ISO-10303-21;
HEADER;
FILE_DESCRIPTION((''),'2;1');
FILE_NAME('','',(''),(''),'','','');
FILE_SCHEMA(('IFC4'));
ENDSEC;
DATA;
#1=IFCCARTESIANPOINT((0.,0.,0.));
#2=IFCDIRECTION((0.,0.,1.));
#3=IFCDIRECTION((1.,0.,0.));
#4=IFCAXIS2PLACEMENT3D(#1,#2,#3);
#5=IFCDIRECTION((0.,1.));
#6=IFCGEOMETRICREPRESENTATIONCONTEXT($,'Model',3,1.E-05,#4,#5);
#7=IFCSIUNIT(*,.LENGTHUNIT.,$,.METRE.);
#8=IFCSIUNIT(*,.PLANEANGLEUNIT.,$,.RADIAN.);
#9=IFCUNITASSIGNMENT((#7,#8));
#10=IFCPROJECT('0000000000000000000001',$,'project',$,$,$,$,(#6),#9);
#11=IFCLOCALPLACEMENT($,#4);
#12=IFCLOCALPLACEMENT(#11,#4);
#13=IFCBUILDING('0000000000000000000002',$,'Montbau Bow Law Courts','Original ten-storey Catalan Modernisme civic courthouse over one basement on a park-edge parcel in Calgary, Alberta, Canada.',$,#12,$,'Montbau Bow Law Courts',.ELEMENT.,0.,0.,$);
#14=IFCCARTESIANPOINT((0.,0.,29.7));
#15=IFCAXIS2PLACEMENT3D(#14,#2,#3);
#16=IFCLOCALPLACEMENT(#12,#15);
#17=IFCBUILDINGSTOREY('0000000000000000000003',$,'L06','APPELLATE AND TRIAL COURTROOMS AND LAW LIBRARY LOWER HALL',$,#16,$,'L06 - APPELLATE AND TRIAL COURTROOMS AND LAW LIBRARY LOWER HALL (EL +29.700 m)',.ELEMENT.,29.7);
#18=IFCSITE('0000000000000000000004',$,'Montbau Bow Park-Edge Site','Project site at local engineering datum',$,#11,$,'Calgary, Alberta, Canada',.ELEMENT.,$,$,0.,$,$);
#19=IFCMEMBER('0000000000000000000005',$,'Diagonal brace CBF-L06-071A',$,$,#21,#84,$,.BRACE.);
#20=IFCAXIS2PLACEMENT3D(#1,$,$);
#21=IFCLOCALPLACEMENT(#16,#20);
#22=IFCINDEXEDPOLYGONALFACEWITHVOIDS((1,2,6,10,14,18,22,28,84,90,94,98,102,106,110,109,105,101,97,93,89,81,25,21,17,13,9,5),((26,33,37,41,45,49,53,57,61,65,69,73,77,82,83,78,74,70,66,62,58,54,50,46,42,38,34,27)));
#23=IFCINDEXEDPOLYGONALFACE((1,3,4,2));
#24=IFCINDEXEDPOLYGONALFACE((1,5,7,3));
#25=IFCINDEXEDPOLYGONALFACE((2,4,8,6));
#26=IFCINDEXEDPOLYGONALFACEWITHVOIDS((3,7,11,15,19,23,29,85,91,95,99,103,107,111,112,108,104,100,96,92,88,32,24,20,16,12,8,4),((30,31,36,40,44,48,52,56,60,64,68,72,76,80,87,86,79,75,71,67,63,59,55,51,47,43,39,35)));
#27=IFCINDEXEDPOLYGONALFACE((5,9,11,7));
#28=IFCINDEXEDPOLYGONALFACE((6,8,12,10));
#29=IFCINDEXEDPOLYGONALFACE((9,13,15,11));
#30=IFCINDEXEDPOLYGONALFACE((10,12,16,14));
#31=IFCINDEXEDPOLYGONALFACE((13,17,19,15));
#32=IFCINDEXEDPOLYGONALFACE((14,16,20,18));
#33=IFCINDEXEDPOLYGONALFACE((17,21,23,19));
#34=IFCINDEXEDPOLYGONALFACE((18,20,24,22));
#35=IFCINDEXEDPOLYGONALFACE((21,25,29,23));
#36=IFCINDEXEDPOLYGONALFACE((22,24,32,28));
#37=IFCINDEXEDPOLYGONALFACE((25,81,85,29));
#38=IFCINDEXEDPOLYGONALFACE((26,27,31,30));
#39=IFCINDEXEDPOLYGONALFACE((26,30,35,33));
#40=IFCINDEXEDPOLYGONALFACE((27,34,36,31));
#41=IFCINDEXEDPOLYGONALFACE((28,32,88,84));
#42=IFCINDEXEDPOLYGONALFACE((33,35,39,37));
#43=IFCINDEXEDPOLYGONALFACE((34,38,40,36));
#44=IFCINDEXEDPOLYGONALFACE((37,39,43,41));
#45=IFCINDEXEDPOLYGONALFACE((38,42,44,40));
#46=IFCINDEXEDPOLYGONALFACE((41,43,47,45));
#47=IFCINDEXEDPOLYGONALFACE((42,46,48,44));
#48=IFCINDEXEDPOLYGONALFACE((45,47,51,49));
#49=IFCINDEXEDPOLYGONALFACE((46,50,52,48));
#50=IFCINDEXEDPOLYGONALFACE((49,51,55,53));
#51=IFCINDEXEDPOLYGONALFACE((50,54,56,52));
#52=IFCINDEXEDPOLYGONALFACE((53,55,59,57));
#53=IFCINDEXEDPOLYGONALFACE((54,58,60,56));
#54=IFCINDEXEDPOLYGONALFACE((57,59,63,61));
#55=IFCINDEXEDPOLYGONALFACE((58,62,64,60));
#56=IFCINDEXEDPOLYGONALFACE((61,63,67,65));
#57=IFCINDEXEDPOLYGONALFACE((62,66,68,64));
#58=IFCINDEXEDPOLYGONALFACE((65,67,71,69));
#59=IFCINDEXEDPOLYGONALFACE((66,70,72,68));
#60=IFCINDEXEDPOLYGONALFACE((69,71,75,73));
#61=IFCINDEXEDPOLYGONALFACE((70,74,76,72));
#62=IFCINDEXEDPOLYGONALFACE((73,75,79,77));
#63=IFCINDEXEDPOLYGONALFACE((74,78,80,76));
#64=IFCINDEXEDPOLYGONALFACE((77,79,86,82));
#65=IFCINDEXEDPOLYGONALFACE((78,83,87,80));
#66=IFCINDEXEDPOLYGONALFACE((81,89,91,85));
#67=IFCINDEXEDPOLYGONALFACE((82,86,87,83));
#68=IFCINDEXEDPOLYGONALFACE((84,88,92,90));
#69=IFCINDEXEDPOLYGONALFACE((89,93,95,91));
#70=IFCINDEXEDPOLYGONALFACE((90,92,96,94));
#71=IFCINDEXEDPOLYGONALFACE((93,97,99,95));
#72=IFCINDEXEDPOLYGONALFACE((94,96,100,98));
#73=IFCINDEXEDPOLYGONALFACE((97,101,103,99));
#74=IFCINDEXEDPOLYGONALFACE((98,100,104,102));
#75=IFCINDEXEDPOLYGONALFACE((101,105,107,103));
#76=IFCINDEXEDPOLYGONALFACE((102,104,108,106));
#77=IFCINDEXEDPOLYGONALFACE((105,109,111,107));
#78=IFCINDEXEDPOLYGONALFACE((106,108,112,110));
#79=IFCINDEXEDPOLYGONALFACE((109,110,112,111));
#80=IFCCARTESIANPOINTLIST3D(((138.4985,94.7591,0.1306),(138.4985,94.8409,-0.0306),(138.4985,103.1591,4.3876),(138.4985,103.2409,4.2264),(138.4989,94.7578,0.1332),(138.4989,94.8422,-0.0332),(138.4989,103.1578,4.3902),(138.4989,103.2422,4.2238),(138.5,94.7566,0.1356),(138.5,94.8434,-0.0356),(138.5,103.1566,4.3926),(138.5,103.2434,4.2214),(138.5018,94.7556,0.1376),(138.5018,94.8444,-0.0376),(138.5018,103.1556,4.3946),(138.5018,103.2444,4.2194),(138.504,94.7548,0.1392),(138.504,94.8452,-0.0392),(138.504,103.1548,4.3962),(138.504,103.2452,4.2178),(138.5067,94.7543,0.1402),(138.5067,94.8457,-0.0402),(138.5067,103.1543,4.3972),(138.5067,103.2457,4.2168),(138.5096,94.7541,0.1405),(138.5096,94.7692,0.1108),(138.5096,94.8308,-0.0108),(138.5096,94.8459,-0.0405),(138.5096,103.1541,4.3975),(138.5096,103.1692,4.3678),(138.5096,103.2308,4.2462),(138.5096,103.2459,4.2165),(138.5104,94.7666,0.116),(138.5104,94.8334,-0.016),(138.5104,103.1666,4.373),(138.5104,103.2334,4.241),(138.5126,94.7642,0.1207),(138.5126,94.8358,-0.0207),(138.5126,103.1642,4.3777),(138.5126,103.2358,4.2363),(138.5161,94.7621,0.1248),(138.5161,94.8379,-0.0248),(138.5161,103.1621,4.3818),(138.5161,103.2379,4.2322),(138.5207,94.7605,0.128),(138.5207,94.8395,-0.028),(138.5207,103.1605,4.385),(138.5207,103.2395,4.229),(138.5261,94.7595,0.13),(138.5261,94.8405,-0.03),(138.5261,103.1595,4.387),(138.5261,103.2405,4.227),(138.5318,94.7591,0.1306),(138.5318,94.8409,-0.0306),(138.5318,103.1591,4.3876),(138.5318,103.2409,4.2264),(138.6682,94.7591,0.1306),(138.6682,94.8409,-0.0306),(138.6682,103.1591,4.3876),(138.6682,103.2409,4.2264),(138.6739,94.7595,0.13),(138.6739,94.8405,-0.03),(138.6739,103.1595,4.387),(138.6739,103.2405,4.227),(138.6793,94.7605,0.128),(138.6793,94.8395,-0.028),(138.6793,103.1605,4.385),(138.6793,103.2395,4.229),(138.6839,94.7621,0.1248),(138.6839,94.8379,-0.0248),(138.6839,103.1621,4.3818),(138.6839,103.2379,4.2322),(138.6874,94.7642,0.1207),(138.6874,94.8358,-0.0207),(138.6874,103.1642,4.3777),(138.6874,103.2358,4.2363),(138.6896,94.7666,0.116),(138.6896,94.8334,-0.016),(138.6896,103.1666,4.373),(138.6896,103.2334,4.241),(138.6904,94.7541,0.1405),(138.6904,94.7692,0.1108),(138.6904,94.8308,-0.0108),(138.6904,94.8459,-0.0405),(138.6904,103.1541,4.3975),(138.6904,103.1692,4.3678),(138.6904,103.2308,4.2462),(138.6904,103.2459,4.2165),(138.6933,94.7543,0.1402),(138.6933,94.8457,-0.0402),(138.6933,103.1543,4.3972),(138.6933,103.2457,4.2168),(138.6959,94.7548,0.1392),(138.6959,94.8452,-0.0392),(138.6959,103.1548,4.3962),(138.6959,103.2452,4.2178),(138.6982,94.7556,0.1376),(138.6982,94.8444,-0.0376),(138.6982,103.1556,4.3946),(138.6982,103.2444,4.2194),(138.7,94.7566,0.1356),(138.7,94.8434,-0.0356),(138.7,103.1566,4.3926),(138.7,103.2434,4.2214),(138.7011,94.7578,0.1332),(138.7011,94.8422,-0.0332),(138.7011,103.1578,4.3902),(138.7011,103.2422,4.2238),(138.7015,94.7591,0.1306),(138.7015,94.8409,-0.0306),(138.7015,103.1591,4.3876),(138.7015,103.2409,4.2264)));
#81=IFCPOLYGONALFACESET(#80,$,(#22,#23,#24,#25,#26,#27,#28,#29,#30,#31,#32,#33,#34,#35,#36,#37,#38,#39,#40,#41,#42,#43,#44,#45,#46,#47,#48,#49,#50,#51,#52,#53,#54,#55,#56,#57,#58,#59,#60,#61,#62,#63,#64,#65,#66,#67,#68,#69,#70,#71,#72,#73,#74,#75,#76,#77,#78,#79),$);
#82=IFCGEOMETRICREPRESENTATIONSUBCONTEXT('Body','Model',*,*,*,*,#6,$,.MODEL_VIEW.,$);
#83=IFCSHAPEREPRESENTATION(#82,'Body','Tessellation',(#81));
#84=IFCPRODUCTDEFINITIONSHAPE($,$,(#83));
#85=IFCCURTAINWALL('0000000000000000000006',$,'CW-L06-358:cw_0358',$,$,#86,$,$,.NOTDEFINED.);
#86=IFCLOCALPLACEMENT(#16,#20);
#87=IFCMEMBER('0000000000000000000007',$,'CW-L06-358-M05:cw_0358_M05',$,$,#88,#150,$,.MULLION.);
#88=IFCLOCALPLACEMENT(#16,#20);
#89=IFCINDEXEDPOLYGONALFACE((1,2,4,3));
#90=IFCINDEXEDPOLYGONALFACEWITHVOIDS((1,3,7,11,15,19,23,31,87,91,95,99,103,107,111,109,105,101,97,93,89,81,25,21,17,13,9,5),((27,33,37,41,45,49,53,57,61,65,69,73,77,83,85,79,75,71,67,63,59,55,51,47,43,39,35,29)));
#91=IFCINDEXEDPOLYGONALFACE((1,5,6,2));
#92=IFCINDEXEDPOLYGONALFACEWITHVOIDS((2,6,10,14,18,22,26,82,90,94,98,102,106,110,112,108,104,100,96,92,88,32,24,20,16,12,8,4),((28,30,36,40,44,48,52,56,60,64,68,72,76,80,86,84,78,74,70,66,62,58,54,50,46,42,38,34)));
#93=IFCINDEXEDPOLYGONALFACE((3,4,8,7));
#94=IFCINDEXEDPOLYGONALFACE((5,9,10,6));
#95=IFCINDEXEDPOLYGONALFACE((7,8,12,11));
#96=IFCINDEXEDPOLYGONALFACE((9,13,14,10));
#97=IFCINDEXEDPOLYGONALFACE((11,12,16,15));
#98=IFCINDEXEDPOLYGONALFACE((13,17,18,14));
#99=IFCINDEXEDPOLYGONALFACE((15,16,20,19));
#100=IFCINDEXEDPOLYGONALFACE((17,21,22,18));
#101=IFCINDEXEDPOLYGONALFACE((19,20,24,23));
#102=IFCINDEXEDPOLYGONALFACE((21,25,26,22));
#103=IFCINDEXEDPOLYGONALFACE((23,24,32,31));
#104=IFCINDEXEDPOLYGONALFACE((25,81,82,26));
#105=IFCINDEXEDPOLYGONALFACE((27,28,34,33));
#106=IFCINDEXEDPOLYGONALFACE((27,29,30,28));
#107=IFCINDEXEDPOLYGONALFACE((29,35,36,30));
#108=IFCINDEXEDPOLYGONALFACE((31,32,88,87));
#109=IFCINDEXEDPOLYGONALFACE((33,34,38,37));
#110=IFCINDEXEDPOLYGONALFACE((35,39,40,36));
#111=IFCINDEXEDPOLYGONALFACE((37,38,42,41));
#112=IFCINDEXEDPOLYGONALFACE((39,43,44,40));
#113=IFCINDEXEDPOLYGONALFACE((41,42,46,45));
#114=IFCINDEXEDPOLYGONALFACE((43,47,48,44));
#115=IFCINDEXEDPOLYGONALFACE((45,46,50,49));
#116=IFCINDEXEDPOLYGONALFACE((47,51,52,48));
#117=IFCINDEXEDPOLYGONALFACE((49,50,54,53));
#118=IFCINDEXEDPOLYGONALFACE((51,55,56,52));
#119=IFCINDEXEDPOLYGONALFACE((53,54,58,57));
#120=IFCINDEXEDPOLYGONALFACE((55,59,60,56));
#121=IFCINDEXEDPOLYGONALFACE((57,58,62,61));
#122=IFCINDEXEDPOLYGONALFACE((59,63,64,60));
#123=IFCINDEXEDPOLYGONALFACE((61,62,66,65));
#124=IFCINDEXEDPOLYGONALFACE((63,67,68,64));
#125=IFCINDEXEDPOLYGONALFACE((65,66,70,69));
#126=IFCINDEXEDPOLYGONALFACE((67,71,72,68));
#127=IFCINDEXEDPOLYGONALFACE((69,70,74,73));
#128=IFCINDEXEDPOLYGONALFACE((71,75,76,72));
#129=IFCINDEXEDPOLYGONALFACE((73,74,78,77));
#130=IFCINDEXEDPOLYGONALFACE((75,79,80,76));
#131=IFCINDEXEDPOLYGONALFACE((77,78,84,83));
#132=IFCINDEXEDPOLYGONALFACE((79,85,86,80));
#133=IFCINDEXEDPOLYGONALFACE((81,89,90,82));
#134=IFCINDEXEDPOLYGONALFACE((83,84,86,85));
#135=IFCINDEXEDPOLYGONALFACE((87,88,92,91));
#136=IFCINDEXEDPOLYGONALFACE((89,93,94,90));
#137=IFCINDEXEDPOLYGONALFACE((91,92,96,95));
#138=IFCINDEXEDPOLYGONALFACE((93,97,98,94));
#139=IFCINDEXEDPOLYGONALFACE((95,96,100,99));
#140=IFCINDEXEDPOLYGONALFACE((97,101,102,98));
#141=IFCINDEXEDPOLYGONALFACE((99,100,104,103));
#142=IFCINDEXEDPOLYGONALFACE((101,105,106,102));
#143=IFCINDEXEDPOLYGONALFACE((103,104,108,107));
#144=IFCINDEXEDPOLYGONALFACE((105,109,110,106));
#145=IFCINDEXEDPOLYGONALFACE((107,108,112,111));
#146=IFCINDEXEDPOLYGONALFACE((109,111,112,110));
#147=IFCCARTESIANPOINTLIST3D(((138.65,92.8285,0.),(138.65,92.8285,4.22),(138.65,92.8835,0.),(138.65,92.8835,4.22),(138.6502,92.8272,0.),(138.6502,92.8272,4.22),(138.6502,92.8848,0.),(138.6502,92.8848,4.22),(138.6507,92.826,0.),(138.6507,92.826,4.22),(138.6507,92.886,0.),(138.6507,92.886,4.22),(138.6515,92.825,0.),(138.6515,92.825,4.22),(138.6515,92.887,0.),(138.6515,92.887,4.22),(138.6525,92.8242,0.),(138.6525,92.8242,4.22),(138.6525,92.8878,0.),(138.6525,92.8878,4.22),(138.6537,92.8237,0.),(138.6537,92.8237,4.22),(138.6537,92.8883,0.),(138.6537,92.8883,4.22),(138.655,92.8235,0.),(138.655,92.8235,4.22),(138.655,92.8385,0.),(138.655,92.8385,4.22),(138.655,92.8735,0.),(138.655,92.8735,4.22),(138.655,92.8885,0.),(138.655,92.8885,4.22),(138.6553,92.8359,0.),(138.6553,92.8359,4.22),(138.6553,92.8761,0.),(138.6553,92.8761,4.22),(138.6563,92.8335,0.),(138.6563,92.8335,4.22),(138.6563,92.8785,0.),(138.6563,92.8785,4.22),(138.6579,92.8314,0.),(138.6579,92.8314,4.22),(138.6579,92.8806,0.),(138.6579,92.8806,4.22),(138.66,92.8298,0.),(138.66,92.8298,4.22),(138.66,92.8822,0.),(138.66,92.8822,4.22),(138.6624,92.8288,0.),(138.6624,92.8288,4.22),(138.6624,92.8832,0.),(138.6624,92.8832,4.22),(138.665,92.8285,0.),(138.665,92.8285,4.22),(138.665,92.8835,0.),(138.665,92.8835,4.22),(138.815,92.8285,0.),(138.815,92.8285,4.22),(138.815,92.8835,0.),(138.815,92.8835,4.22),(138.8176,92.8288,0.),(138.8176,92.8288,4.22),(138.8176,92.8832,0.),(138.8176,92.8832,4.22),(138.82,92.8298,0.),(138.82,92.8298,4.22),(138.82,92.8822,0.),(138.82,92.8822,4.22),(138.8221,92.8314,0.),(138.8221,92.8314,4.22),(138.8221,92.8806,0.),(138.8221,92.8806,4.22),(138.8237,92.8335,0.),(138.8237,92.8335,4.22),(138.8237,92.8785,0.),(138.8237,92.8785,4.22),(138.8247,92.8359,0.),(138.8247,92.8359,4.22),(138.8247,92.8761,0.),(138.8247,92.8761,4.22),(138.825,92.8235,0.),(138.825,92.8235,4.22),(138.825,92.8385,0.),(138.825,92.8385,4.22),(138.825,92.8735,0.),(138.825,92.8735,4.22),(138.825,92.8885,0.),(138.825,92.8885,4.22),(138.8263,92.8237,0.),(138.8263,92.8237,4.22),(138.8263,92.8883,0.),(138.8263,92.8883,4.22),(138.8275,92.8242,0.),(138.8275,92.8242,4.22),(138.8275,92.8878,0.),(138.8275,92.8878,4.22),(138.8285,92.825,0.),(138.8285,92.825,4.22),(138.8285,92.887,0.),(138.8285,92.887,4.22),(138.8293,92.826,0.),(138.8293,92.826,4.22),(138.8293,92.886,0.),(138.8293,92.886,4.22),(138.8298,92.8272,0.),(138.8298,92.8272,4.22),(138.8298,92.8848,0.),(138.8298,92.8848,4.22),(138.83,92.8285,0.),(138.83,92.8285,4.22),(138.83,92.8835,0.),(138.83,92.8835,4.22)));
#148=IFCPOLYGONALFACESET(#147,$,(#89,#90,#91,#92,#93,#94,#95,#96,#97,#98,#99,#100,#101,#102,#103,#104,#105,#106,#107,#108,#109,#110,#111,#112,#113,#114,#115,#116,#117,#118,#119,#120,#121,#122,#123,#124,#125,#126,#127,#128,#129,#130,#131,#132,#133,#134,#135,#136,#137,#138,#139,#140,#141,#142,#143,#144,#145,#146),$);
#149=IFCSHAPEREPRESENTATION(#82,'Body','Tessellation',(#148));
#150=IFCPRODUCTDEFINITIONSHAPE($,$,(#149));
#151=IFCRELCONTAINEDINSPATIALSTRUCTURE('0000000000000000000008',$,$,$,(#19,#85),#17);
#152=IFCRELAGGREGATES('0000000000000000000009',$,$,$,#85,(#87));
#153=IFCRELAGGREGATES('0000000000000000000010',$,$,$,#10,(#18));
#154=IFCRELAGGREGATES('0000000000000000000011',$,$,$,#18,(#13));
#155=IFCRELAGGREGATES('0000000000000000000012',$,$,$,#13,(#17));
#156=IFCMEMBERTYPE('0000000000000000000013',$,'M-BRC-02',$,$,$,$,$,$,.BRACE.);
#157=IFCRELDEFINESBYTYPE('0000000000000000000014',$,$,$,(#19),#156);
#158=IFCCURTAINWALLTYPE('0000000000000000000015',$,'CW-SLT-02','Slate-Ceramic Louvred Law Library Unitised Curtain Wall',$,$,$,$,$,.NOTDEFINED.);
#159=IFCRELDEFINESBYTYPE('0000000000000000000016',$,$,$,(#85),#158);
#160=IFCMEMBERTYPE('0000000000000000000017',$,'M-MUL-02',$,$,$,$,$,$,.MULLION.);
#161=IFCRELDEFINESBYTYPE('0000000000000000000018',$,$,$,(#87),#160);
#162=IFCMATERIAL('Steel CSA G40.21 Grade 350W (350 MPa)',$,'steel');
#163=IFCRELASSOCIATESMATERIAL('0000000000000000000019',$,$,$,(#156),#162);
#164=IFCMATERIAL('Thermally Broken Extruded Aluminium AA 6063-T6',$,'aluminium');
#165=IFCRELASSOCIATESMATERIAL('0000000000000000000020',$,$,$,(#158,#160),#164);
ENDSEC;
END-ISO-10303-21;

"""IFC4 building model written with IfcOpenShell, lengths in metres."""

from ifc_helpers import new_model, si_unit, direction, frame, origin_with_axes, origin_2d_with_axis, place, context, subcontext, project, spatial, hollow_rectangle, extrude, material, material_profile, profile_set, type_object, element, aggregate, save


model = new_model("IFC4")

# Units and contexts
model_context = context("Model", 3, precision=1e-05, world=origin_with_axes(), true_north=direction((0.0, 1.0)))
body_context = subcontext(model_context, "Body", "Model", "MODEL_VIEW")
ifc_project = project(units=[si_unit("LENGTHUNIT", "METRE"), si_unit("PLANEANGLEUNIT", "RADIAN")], contexts=[model_context])

# Site, building, storey
site_placement = place(None, origin_with_axes())
site = spatial("IfcSite", under=ifc_project, at=site_placement, Name="Montbau Bow Park-Edge Site", Description="Project site at local engineering datum", LongName="Calgary, Alberta, Canada", CompositionType="ELEMENT", RefElevation=0.0)
building_placement = place(site_placement, origin_with_axes())
building = spatial("IfcBuilding", under=site, at=building_placement, Name="Montbau Bow Law Courts", Description="Original ten-storey Catalan Modernisme civic courthouse over one basement on a park-edge parcel in Calgary, Alberta, Canada.", LongName="Montbau Bow Law Courts", CompositionType="ELEMENT", ElevationOfRefHeight=0.0, ElevationOfTerrain=0.0)
storey_placement = place(building_placement, frame((0.0, 0.0, 29.7), z_axis=(0.0, 0.0, 1.0), x_axis=(1.0, 0.0, 0.0)))
storey = spatial("IfcBuildingStorey", under=building, at=storey_placement, Name="L06", Description="APPELLATE AND TRIAL COURTROOMS AND LAW LIBRARY LOWER HALL", LongName="L06 - APPELLATE AND TRIAL COURTROOMS AND LAW LIBRARY LOWER HALL (EL +29.700 m)", CompositionType="ELEMENT", Elevation=29.7)

# Shared definitions
ifc_material_1 = material(Name="Steel CSA G40.21 Grade 350W (350 MPa)", Category="steel")

# Member
ifc_material_profile_1 = material_profile(ifc_material_1, hollow_rectangle(XDim=0.203, YDim=0.203, WallThickness=0.0111, InnerFilletRadius=0.0222, OuterFilletRadius=0.0111, at=origin_2d_with_axis()), Name="HSS203X203X11", Category="Main", Priority=0)
ifc_profile_set_1 = profile_set([ifc_material_profile_1], Name="Steel CSA G40.21 Grade 350W (350 MPa)")
member_type_1 = type_object("IfcMemberType", Name="M-BRC-02", PredefinedType="BRACE", material=ifc_profile_set_1)
member_1_placement = place(None, frame((138.6, 94.8, 29.75), z_axis=(0.0, 0.891993, 0.452049), x_axis=(-1.0, 0.0, 0.0)))
element("IfcMember", 1, at=member_1_placement, inside=storey, type_object=member_type_1, Name="Diagonal brace CBF-L06-071A", PredefinedType="BRACE", context=body_context, shape_type="SweptSolid", body=[
    extrude(hollow_rectangle(XDim=0.203, YDim=0.203, WallThickness=0.0111, InnerFilletRadius=0.0222, OuterFilletRadius=0.0111, at=origin_2d_with_axis()), origin_with_axes(), (0.0, 0.0, 1.0), 9.4171),
])

# Curtain wall, member
ifc_material_2 = material(Name="Thermally Broken Extruded Aluminium AA 6063-T6", Category="aluminium")
curtain_wall_type = type_object("IfcCurtainWallType", Name="CW-SLT-02", Description="Slate-Ceramic Louvred Law Library Unitised Curtain Wall", PredefinedType="NOTDEFINED", material=ifc_material_2)
curtain_wall_placement = place(None, frame((138.74, 86.84, 29.7), z_axis=(0.0, 0.0, 1.0), x_axis=(1.0, 0.0, 0.0)))
curtain_wall = element("IfcCurtainWall", 2, at=curtain_wall_placement, inside=storey, type_object=curtain_wall_type, Name="CW-L06-358:cw_0358", PredefinedType="NOTDEFINED")
ifc_material_profile_2 = material_profile(ifc_material_2, hollow_rectangle(XDim=0.065, YDim=0.18, WallThickness=0.005, InnerFilletRadius=0.01, OuterFilletRadius=0.005, at=origin_2d_with_axis()), Name="CWM-180X65", Category="Main", Priority=0)
ifc_profile_set_2 = profile_set([ifc_material_profile_2], Name="Thermally Broken Extruded Aluminium AA 6063-T6")
member_type_2 = type_object("IfcMemberType", Name="M-MUL-02", PredefinedType="MULLION", material=ifc_profile_set_2)
member_2_placement = place(None, frame((138.74, 92.856, 29.7), z_axis=(0.0, 0.0, 1.0), x_axis=(0.0, 1.0, 0.0)))
member_2 = element("IfcMember", 3, at=member_2_placement, type_object=member_type_2, Name="CW-L06-358-M05:cw_0358_M05", PredefinedType="MULLION", context=body_context, shape_type="SweptSolid", body=[
    extrude(hollow_rectangle(XDim=0.065, YDim=0.18, WallThickness=0.005, InnerFilletRadius=0.01, OuterFilletRadius=0.005, at=origin_2d_with_axis()), origin_with_axes(), (0.0, 0.0, 1.0), 4.22),
])
aggregate(curtain_wall, [member_2])

save(model, "model.ifc")
